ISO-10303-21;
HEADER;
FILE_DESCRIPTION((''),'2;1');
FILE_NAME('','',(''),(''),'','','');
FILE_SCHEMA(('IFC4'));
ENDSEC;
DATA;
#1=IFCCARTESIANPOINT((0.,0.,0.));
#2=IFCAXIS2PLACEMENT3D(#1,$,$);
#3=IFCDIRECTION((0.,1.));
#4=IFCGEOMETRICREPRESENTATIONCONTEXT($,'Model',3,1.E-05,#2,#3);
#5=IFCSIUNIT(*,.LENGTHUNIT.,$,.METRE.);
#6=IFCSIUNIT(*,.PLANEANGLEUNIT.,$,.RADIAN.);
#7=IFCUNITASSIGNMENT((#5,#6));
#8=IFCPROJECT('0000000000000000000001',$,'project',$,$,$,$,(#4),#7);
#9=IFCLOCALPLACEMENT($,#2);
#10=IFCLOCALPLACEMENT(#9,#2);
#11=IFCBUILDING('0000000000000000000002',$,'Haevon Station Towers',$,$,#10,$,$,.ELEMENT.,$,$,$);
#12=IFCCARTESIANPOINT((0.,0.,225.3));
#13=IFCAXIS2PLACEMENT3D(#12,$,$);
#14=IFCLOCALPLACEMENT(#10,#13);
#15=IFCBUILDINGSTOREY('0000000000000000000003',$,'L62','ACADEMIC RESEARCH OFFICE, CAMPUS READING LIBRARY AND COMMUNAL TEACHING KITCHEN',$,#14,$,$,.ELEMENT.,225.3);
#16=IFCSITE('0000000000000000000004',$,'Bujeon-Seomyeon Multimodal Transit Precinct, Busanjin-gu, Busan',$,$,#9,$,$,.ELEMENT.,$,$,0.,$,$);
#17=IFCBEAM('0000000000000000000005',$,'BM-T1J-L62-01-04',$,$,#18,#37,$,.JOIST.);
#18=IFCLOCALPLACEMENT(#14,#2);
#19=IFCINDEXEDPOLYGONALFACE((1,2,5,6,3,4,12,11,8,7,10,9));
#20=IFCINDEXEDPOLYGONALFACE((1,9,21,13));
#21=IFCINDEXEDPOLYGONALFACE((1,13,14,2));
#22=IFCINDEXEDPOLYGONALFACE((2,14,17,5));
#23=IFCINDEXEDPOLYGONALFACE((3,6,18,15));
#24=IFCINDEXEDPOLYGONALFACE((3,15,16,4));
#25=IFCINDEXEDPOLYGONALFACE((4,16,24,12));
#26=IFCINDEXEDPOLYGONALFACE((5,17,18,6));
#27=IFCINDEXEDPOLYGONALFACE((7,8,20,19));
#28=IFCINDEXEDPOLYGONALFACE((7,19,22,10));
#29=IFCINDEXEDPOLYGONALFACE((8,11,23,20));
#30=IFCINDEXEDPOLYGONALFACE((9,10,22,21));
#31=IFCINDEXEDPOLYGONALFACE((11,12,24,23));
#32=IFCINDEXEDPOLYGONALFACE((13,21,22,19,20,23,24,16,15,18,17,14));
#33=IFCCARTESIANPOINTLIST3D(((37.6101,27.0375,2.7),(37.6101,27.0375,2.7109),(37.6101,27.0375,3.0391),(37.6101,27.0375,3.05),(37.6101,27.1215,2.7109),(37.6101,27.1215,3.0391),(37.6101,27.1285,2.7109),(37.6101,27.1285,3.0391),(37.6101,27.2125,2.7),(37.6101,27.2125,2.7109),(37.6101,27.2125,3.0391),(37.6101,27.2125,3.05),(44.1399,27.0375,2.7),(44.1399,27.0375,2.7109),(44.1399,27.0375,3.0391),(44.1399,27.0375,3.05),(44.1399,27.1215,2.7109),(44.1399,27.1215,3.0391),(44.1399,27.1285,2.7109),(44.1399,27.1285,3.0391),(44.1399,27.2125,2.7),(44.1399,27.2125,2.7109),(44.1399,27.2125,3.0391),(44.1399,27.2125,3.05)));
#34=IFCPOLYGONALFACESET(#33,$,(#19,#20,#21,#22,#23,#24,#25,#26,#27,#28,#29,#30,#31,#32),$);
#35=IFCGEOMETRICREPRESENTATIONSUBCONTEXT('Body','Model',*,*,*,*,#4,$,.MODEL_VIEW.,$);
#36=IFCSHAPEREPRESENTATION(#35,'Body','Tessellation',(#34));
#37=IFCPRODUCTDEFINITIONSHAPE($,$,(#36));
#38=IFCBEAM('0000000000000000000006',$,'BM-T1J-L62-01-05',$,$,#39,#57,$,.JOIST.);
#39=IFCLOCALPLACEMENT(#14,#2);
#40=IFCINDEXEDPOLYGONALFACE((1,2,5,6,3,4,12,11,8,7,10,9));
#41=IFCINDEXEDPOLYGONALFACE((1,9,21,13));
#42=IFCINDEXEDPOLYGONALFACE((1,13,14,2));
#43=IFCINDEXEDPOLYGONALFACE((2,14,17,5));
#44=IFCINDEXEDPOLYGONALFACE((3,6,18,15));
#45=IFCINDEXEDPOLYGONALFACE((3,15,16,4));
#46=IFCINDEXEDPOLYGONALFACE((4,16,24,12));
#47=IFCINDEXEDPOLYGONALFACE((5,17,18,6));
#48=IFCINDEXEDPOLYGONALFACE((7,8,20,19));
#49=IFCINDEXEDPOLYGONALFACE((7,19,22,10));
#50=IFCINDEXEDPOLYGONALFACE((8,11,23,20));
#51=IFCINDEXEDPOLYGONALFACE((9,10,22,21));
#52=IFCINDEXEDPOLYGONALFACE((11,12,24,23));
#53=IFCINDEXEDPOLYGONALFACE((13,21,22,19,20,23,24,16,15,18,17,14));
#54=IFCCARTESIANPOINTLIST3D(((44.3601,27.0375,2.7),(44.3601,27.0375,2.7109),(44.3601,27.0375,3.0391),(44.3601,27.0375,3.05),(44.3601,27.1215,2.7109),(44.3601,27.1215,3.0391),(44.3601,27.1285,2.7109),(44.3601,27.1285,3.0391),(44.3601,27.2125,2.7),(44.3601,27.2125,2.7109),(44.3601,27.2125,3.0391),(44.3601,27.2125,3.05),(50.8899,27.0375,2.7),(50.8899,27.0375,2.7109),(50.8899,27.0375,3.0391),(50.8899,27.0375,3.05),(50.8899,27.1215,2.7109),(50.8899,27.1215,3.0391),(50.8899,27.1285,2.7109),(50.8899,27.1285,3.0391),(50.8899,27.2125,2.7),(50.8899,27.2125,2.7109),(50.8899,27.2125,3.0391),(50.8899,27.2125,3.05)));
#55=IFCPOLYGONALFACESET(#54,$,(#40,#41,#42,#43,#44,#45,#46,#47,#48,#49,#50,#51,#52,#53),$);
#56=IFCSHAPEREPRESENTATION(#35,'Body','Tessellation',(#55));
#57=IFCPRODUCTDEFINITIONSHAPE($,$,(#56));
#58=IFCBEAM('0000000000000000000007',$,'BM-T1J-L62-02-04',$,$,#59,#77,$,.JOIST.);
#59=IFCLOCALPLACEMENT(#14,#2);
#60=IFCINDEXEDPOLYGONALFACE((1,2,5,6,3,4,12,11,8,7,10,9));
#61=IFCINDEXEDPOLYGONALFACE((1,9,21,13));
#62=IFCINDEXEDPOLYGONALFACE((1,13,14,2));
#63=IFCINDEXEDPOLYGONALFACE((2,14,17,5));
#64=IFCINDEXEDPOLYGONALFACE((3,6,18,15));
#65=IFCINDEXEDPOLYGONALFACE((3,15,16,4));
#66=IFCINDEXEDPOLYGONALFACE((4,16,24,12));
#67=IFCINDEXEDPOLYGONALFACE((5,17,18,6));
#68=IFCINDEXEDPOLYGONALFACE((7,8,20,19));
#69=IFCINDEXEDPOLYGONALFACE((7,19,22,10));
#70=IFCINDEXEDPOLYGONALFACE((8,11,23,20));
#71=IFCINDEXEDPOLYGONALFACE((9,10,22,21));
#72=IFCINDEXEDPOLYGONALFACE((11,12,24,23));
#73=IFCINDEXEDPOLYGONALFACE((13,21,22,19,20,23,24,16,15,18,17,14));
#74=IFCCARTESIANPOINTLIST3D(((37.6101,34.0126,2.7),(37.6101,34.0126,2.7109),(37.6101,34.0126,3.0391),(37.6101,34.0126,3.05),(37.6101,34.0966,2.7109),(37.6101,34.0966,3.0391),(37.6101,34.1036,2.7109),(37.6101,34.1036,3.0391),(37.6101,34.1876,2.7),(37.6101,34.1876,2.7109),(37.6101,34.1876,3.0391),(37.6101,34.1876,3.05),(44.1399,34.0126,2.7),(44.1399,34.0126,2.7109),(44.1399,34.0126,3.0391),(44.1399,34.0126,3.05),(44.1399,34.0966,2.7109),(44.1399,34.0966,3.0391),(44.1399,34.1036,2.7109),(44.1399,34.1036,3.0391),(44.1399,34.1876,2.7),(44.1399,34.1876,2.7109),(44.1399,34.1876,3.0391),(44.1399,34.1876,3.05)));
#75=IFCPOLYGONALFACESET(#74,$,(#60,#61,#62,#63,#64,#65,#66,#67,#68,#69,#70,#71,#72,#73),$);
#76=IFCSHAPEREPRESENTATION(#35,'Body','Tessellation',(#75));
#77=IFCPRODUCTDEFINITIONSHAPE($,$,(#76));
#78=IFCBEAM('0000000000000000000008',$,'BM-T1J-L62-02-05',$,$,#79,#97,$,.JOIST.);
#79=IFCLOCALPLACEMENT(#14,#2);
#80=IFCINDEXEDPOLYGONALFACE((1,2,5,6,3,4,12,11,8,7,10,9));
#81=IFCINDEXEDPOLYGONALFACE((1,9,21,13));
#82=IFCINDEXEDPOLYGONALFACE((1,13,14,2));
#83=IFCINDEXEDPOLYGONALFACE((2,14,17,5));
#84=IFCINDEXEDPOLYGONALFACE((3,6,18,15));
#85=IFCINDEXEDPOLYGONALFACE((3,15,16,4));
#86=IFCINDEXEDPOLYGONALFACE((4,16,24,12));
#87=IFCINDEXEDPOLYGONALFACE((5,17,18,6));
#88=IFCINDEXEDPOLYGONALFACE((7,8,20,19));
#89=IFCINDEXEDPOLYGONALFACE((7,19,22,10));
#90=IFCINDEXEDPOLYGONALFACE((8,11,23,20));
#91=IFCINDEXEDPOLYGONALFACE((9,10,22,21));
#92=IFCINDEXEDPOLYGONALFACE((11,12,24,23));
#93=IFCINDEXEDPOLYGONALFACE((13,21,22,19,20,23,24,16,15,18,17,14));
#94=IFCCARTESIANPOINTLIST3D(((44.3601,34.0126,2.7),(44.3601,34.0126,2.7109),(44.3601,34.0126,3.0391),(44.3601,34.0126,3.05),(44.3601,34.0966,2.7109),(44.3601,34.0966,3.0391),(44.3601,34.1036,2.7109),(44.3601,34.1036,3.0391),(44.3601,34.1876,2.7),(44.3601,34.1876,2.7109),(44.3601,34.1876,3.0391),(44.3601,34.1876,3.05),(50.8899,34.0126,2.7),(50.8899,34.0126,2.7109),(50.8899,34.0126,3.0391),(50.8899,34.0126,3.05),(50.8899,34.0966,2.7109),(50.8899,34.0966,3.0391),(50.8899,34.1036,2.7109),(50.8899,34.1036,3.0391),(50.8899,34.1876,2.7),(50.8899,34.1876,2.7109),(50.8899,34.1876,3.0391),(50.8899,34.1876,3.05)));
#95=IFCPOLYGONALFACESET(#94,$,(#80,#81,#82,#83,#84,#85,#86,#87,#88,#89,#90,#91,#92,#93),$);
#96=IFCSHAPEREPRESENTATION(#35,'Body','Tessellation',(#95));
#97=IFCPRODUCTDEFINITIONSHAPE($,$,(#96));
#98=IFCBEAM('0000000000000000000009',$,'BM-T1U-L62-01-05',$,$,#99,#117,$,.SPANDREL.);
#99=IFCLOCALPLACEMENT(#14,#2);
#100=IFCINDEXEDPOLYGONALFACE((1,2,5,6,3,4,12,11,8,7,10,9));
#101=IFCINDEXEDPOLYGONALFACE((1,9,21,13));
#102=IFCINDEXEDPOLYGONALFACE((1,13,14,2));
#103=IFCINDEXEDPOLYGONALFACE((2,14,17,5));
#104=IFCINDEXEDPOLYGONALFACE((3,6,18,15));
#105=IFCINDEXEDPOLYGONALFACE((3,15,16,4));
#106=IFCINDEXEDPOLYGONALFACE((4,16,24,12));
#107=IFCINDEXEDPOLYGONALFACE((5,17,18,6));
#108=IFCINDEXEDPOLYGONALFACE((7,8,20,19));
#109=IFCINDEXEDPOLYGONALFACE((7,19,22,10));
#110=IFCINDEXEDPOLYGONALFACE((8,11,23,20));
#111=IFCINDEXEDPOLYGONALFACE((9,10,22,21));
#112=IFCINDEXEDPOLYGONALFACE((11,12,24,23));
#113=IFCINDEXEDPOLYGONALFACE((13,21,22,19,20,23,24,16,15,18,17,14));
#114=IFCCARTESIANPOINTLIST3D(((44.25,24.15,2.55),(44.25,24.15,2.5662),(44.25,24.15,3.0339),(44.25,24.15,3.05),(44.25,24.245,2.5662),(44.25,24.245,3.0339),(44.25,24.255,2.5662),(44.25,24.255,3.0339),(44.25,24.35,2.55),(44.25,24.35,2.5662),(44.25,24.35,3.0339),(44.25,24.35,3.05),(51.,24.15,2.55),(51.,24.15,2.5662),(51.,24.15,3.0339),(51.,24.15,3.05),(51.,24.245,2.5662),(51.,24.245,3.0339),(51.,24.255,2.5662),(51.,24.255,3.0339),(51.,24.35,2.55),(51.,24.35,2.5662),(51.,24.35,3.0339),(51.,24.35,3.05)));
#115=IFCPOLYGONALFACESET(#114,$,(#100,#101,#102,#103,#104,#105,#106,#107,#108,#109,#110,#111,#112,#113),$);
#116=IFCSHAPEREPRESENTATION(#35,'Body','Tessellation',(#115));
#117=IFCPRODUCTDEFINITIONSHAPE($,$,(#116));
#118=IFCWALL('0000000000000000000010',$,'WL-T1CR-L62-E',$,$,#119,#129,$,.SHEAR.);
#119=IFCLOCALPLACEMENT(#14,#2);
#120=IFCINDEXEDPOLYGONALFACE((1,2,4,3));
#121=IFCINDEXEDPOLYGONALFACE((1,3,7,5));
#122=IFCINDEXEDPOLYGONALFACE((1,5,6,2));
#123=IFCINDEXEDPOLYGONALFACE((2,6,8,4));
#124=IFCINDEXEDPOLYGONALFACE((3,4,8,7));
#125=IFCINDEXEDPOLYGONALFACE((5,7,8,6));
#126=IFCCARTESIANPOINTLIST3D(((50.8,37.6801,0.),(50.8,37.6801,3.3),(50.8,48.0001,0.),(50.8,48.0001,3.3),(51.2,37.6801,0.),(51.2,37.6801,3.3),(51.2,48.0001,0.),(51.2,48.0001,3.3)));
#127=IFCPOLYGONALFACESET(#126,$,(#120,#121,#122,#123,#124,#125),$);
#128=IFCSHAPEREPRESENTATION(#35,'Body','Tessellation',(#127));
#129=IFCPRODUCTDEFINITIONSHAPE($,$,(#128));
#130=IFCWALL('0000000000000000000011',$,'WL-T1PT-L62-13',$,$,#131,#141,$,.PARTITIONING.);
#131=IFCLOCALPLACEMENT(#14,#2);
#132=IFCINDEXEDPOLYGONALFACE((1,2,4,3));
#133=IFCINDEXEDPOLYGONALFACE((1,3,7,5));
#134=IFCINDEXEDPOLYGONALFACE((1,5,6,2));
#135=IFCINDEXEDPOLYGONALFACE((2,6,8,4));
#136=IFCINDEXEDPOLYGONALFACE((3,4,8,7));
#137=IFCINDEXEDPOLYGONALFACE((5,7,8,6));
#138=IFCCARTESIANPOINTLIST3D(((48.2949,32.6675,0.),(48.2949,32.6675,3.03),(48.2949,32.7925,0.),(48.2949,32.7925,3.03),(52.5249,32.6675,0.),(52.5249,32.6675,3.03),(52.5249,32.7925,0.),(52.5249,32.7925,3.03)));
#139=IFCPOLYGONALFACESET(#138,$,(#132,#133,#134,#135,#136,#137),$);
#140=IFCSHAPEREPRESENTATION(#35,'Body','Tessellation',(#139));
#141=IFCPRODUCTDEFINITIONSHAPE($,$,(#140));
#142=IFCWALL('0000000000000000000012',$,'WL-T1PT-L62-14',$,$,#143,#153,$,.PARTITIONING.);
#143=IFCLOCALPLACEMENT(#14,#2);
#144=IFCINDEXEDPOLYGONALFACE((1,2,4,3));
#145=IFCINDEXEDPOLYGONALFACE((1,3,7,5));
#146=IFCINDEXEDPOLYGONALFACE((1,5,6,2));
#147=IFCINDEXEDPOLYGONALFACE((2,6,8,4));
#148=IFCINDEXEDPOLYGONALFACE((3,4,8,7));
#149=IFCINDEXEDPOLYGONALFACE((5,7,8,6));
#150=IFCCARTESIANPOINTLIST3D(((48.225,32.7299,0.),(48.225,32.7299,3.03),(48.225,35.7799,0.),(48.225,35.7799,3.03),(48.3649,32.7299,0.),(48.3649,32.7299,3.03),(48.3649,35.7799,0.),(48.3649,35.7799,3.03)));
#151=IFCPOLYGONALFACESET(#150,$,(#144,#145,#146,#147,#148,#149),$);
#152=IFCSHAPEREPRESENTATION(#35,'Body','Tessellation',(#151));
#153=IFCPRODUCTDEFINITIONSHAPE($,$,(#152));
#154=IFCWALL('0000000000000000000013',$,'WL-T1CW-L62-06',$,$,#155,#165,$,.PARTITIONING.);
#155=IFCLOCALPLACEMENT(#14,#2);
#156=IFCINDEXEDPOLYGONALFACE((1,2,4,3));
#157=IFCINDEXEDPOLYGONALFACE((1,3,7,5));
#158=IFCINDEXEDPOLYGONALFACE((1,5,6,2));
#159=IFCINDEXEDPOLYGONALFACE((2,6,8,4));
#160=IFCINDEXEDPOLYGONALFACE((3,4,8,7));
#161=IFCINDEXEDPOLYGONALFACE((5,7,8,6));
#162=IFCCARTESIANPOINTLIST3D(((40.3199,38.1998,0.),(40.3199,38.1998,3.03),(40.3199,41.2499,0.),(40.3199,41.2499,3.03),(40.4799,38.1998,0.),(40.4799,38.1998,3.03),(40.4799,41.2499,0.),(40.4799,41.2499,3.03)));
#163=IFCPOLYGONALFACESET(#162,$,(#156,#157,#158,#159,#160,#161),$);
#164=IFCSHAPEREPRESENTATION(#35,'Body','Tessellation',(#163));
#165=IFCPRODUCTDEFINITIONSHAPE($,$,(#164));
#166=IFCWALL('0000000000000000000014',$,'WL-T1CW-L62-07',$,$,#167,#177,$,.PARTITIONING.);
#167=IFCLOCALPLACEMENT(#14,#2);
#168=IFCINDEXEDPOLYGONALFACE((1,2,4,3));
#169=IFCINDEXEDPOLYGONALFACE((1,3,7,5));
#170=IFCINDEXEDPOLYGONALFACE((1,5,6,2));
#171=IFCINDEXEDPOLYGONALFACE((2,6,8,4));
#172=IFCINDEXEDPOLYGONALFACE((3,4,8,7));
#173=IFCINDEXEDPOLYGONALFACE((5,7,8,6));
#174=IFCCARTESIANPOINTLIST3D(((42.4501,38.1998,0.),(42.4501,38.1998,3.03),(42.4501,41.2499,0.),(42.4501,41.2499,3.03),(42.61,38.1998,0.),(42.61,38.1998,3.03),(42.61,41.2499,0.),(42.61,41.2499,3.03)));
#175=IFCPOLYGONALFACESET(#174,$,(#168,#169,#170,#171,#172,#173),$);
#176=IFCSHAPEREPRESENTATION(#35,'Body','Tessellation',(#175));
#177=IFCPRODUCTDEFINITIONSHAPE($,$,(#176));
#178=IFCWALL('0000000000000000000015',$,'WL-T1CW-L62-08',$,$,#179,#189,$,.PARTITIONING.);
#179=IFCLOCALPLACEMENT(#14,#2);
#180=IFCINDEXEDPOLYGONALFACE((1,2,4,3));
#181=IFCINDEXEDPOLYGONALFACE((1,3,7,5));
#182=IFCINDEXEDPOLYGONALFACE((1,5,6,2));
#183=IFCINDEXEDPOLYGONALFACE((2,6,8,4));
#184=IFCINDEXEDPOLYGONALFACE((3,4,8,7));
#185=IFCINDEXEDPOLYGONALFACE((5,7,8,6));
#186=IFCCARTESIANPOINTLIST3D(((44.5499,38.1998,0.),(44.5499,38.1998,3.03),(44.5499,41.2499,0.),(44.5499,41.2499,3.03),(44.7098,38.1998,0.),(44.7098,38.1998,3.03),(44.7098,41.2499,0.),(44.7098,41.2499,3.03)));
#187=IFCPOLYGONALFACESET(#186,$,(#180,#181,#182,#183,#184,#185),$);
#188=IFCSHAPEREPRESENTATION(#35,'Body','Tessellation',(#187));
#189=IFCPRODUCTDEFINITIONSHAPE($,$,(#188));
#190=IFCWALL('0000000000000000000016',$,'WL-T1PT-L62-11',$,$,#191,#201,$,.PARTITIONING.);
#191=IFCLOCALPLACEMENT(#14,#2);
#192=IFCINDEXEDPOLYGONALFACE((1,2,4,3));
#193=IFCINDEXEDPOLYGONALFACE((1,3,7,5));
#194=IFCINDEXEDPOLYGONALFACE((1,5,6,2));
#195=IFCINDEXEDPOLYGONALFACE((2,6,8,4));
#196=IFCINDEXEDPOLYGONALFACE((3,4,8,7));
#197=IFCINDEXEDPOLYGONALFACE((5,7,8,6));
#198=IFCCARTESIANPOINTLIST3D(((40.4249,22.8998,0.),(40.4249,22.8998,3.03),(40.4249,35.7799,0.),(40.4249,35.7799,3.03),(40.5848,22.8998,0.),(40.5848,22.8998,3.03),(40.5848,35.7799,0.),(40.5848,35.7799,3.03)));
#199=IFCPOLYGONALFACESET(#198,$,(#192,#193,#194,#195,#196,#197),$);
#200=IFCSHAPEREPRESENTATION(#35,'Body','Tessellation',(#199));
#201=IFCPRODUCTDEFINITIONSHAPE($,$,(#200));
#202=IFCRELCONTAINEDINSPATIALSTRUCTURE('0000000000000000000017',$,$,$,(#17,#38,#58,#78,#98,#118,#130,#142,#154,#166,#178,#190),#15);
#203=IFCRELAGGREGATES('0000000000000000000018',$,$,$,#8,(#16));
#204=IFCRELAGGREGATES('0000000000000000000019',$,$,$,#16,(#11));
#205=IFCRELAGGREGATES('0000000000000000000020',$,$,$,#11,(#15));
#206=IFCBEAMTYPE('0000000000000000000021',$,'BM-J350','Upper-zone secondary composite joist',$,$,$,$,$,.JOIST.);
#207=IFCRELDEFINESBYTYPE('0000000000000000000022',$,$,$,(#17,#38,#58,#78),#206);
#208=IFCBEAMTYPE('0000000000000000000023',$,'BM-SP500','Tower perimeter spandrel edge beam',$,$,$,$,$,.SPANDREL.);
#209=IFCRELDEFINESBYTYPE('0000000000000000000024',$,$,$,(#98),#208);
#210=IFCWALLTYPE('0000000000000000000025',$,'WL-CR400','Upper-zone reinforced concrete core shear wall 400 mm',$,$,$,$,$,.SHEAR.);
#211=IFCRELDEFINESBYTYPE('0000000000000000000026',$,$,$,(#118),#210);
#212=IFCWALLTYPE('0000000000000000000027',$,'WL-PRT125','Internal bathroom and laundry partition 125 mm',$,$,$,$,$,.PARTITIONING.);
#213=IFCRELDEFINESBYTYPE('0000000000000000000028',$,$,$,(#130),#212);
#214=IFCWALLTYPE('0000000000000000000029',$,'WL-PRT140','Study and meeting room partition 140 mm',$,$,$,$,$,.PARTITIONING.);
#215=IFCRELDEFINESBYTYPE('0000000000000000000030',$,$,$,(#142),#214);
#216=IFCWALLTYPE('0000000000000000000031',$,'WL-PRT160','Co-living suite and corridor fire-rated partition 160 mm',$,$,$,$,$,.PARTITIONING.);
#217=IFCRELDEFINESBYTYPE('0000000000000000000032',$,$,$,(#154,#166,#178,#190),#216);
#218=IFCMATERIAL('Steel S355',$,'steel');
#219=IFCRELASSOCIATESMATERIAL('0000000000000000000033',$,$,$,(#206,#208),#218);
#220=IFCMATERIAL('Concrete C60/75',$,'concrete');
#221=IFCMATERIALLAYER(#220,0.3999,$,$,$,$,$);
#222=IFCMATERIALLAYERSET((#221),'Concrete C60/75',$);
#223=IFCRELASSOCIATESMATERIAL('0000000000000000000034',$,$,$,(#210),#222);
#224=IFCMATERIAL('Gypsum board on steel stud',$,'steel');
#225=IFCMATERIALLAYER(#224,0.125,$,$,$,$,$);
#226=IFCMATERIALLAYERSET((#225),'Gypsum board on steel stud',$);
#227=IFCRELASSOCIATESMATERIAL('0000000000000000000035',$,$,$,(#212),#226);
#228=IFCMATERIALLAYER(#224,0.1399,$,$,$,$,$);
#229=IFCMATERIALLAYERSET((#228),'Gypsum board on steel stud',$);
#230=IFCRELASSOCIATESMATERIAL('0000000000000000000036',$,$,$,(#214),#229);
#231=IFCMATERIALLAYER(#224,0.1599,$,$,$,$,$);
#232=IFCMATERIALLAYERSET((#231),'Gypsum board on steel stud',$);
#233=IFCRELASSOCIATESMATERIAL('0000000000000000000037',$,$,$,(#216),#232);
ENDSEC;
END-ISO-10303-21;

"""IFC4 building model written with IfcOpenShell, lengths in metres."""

from ifc_helpers import new_model, si_unit, direction, frame, frame_2d, origin, origin_2d, place, context, subcontext, project, spatial, rectangle, i_section, extrude, material, layer, layer_set, material_profile, profile_set, type_object, element, save


model = new_model("IFC4")

# Units and contexts
model_context = context("Model", 3, precision=1e-05, world=origin(), true_north=direction((0.0, 1.0)))
body_context = subcontext(model_context, "Body", "Model", "MODEL_VIEW")
ifc_project = project(units=[si_unit("LENGTHUNIT", "METRE"), si_unit("PLANEANGLEUNIT", "RADIAN")], contexts=[model_context])

# Site, building, storey
site_placement = place(None, origin())
site = spatial("IfcSite", under=ifc_project, at=site_placement, Name="Bujeon-Seomyeon Multimodal Transit Precinct, Busanjin-gu, Busan", CompositionType="ELEMENT", RefElevation=0.0)
building_placement = place(site_placement, origin())
building = spatial("IfcBuilding", under=site, at=building_placement, Name="Haevon Station Towers", CompositionType="ELEMENT")
storey_placement = place(building_placement, frame((0.0, 0.0, 225.3)))
storey = spatial("IfcBuildingStorey", under=building, at=storey_placement, Name="L62", Description="ACADEMIC RESEARCH OFFICE, CAMPUS READING LIBRARY AND COMMUNAL TEACHING KITCHEN", CompositionType="ELEMENT", Elevation=225.3)

# Shared definitions
ifc_material_1 = material(Name="Steel S355", Category="steel")

# Beams
ifc_material_profile_1 = material_profile(ifc_material_1, i_section(OverallWidth=0.175, OverallDepth=0.3501, WebThickness=0.0071, FlangeThickness=0.011, at=origin_2d()), Name="H-350x175x7x11")
ifc_profile_set_1 = profile_set([ifc_material_profile_1], Name="Steel S355")
beam_type_1 = type_object("IfcBeamType", Name="BM-J350", Description="Upper-zone secondary composite joist", PredefinedType="JOIST", material=ifc_profile_set_1)
for number, where, z_axis, x_axis, name in (
    (1, (37.6101, 27.125, 2.875), (1.0, 0.0, 0.0), (0.0, 1.0, 0.0), "BM-T1J-L62-01-04"),
    (2, (44.3601, 27.125, 2.875), (1.0, 0.0, 0.0), (0.0, 1.0, 0.0), "BM-T1J-L62-01-05"),
    (3, (37.6101, 34.1001, 2.875), (1.0, 0.0, 0.0), (0.0, 1.0, 0.0), "BM-T1J-L62-02-04"),
    (4, (44.3601, 34.1001, 2.875), (1.0, 0.0, 0.0), (0.0, 1.0, 0.0), "BM-T1J-L62-02-05"),
):
    element("IfcBeam", number, at=place(storey_placement, frame(where, z_axis=z_axis, x_axis=x_axis)), inside=storey, type_object=beam_type_1, Name=name, PredefinedType="JOIST", context=body_context, shape_type="SweptSolid", body=[
        extrude(i_section(OverallWidth=0.175, OverallDepth=0.3501, WebThickness=0.0071, FlangeThickness=0.011, at=origin_2d()), origin(), (0.0, 0.0, 1.0), 6.5298),
    ])
ifc_material_profile_2 = material_profile(ifc_material_1, i_section(OverallWidth=0.2, OverallDepth=0.5, WebThickness=0.01, FlangeThickness=0.0161, at=origin_2d()), Name="H-500x200x10x16")
ifc_profile_set_2 = profile_set([ifc_material_profile_2], Name="Steel S355")
beam_type_2 = type_object("IfcBeamType", Name="BM-SP500", Description="Tower perimeter spandrel edge beam", PredefinedType="SPANDREL", material=ifc_profile_set_2)
beam_1_placement = place(storey_placement, frame((44.25, 24.25, 2.8), z_axis=(1.0, 0.0, 0.0), x_axis=(0.0, 1.0, 0.0)))
element("IfcBeam", 5, at=beam_1_placement, inside=storey, type_object=beam_type_2, Name="BM-T1U-L62-01-05", PredefinedType="SPANDREL", context=body_context, shape_type="SweptSolid", body=[
    extrude(i_section(OverallWidth=0.2, OverallDepth=0.5, WebThickness=0.01, FlangeThickness=0.0161, at=origin_2d()), origin(), (0.0, 0.0, 1.0), 6.75),
])

# Walls
ifc_material_2 = material(Name="Concrete C60/75", Category="concrete")
ifc_layer_1 = layer(ifc_material_2, 0.3999)
ifc_layer_set_1 = layer_set([ifc_layer_1], Name="Concrete C60/75")
wall_type_1 = type_object("IfcWallType", Name="WL-CR400", Description="Upper-zone reinforced concrete core shear wall 400 mm", PredefinedType="SHEAR", material=ifc_layer_set_1)
wall_1_placement = place(storey_placement, frame((51.0, 37.6799, 0.0), z_axis=(0.0, 0.0, 1.0), x_axis=(0.0, 1.0, 0.0)))
element("IfcWall", 6, at=wall_1_placement, inside=storey, type_object=wall_type_1, Name="WL-T1CR-L62-E", PredefinedType="SHEAR", context=body_context, shape_type="SweptSolid", body=[
    extrude(rectangle(XDim=10.3201, YDim=0.3999, at=frame_2d((5.1602, 0.0))), origin(), (0.0, 0.0, 1.0), 3.3),
])
ifc_material_3 = material(Name="Gypsum board on steel stud", Category="steel")
ifc_layer_2 = layer(ifc_material_3, 0.125)
ifc_layer_set_2 = layer_set([ifc_layer_2], Name="Gypsum board on steel stud")
wall_type_2 = type_object("IfcWallType", Name="WL-PRT125", Description="Internal bathroom and laundry partition 125 mm", PredefinedType="PARTITIONING", material=ifc_layer_set_2)
wall_2_placement = place(storey_placement, frame((48.2949, 32.73, 0.0), z_axis=(0.0, 0.0, 1.0), x_axis=(1.0, 0.0, 0.0)))
element("IfcWall", 7, at=wall_2_placement, inside=storey, type_object=wall_type_2, Name="WL-T1PT-L62-13", PredefinedType="PARTITIONING", context=body_context, shape_type="SweptSolid", body=[
    extrude(rectangle(XDim=4.23, YDim=0.125, at=frame_2d((2.115, 0.0))), origin(), (0.0, 0.0, 1.0), 3.03),
])
ifc_layer_3 = layer(ifc_material_3, 0.1399)
ifc_layer_set_3 = layer_set([ifc_layer_3], Name="Gypsum board on steel stud")
wall_type_3 = type_object("IfcWallType", Name="WL-PRT140", Description="Study and meeting room partition 140 mm", PredefinedType="PARTITIONING", material=ifc_layer_set_3)
wall_3_placement = place(storey_placement, frame((48.2949, 32.73, 0.0), z_axis=(0.0, 0.0, 1.0), x_axis=(0.0, 1.0, 0.0)))
element("IfcWall", 8, at=wall_3_placement, inside=storey, type_object=wall_type_3, Name="WL-T1PT-L62-14", PredefinedType="PARTITIONING", context=body_context, shape_type="SweptSolid", body=[
    extrude(rectangle(XDim=3.05, YDim=0.1399, at=frame_2d((1.5249, 0.0))), origin(), (0.0, 0.0, 1.0), 3.03),
])
ifc_layer_4 = layer(ifc_material_3, 0.1599)
ifc_layer_set_4 = layer_set([ifc_layer_4], Name="Gypsum board on steel stud")
wall_type_4 = type_object("IfcWallType", Name="WL-PRT160", Description="Co-living suite and corridor fire-rated partition 160 mm", PredefinedType="PARTITIONING", material=ifc_layer_set_4)
for number, where, z_axis, x_axis, name in (
    (9, (40.3999, 38.2, 0.0), (0.0, 0.0, 1.0), (0.0, 1.0, 0.0), "WL-T1CW-L62-06"),
    (10, (42.53, 38.2, 0.0), (0.0, 0.0, 1.0), (0.0, 1.0, 0.0), "WL-T1CW-L62-07"),
    (11, (44.6299, 38.2, 0.0), (0.0, 0.0, 1.0), (0.0, 1.0, 0.0), "WL-T1CW-L62-08"),
):
    element("IfcWall", number, at=place(storey_placement, frame(where, z_axis=z_axis, x_axis=x_axis)), inside=storey, type_object=wall_type_4, Name=name, PredefinedType="PARTITIONING", context=body_context, shape_type="SweptSolid", body=[
        extrude(rectangle(XDim=3.05, YDim=0.1599, at=frame_2d((1.5249, 0.0))), origin(), (0.0, 0.0, 1.0), 3.03),
    ])
for number, where, z_axis, x_axis, name in (
    (12, (40.5049, 22.8999, 0.0), (0.0, 0.0, 1.0), (0.0, 1.0, 0.0), "WL-T1PT-L62-11"),
):
    element("IfcWall", number, at=place(storey_placement, frame(where, z_axis=z_axis, x_axis=x_axis)), inside=storey, type_object=wall_type_4, Name=name, PredefinedType="PARTITIONING", context=body_context, shape_type="SweptSolid", body=[
        extrude(rectangle(XDim=12.8801, YDim=0.1599, at=frame_2d((6.4399, 0.0))), origin(), (0.0, 0.0, 1.0), 3.03),
    ])

save(model, "model.ifc")
